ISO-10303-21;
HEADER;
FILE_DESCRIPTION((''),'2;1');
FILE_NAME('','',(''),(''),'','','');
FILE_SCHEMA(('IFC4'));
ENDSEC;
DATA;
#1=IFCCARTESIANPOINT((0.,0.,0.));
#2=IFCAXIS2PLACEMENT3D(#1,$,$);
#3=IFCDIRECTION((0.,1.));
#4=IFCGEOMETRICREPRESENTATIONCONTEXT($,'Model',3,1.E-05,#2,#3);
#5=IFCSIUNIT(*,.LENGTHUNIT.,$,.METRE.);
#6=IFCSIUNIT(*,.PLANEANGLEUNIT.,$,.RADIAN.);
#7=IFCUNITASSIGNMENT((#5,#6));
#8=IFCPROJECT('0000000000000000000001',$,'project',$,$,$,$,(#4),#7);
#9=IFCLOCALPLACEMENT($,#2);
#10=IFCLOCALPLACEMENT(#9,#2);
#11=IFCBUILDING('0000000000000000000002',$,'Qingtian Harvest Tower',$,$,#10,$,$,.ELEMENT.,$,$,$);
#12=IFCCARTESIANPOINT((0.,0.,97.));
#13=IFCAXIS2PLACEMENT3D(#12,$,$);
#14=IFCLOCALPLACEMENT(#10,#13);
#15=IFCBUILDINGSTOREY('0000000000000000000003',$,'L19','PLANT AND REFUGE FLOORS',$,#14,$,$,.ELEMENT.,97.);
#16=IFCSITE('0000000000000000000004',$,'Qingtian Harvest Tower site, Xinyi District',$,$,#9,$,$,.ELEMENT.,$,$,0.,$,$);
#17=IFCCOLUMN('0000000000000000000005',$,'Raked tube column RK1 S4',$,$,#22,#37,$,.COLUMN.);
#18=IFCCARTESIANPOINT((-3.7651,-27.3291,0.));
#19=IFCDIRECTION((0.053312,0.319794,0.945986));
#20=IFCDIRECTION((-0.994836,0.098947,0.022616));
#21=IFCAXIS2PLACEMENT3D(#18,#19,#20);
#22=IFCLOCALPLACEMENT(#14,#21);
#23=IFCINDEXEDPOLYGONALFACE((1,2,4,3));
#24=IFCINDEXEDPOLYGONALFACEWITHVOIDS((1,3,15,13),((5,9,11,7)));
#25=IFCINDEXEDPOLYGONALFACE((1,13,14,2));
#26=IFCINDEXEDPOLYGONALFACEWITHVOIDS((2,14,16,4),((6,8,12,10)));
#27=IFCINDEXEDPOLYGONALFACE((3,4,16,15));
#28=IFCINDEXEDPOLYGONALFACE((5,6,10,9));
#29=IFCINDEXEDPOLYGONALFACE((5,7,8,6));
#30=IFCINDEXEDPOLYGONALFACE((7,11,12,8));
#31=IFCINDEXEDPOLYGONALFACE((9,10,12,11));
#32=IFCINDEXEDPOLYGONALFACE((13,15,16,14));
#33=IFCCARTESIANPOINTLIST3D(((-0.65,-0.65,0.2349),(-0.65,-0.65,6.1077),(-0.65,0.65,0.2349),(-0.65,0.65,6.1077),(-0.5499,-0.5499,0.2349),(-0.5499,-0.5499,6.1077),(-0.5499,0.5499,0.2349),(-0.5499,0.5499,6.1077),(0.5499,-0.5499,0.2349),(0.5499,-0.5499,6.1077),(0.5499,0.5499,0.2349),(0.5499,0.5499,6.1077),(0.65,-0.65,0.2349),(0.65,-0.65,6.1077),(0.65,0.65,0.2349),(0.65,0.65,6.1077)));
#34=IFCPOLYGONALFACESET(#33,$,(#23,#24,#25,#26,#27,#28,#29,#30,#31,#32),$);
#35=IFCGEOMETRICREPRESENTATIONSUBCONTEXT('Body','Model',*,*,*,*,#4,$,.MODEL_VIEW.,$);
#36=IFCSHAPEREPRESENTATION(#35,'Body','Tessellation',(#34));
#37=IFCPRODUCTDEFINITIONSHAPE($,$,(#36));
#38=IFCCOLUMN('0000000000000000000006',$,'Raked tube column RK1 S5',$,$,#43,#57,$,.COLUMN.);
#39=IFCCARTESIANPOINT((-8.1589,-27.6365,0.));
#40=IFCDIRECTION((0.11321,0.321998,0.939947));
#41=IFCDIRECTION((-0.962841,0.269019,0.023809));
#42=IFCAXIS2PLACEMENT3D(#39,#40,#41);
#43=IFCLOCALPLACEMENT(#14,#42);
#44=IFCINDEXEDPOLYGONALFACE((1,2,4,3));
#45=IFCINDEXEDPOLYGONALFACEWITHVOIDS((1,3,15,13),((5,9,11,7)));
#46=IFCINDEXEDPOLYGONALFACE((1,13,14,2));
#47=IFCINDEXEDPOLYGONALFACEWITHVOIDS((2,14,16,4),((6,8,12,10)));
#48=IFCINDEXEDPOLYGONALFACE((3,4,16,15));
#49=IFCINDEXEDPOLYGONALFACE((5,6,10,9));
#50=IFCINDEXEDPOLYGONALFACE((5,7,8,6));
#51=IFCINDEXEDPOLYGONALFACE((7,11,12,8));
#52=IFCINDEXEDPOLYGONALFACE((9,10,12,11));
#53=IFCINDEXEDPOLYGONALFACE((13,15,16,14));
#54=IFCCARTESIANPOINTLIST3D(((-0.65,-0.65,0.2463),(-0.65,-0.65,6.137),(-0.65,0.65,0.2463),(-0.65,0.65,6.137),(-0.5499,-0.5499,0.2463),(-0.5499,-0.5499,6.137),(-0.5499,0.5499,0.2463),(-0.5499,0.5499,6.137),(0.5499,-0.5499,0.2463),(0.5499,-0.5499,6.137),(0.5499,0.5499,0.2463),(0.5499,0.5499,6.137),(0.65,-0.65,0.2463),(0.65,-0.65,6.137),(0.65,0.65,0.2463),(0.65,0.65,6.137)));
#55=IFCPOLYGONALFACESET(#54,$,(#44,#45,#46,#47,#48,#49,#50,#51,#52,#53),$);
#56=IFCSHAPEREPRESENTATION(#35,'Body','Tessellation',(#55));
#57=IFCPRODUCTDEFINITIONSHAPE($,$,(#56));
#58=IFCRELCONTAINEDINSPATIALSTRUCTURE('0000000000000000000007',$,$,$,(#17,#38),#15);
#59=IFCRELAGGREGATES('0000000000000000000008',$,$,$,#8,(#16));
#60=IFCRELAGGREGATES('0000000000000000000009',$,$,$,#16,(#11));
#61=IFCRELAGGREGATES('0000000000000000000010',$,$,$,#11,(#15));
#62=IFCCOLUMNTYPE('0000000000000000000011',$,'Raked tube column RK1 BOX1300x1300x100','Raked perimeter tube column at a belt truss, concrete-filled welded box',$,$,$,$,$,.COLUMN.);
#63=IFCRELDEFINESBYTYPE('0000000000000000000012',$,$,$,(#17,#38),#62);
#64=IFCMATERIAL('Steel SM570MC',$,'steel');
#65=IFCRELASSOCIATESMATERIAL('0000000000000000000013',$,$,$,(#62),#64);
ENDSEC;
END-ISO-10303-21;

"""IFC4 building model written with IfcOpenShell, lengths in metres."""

from ifc_helpers import new_model, si_unit, direction, frame, origin, origin_2d, place, context, subcontext, project, spatial, hollow_rectangle, extrude, clip, halfspace, material, material_profile, profile_set, type_object, element, save


model = new_model("IFC4")

# Units and contexts
model_context = context("Model", 3, precision=1e-05, world=origin(), true_north=direction((0.0, 1.0)))
body_context = subcontext(model_context, "Body", "Model", "MODEL_VIEW")
ifc_project = project(units=[si_unit("LENGTHUNIT", "METRE"), si_unit("PLANEANGLEUNIT", "RADIAN")], contexts=[model_context])

# Site, building, storey
site_placement = place(None, origin())
site = spatial("IfcSite", under=ifc_project, at=site_placement, Name="Qingtian Harvest Tower site, Xinyi District", CompositionType="ELEMENT", RefElevation=0.0)
building_placement = place(site_placement, origin())
building = spatial("IfcBuilding", under=site, at=building_placement, Name="Qingtian Harvest Tower", CompositionType="ELEMENT")
storey_placement = place(building_placement, frame((0.0, 0.0, 97.0)))
storey = spatial("IfcBuildingStorey", under=building, at=storey_placement, Name="L19", Description="PLANT AND REFUGE FLOORS", CompositionType="ELEMENT", Elevation=97.0)

# Columns
ifc_material_1 = material(Name="Steel SM570MC", Category="steel")
ifc_material_profile_1 = material_profile(ifc_material_1, hollow_rectangle(XDim=1.3, YDim=1.3, WallThickness=0.1001, at=origin_2d()), Name="BOX1300x1300x100")
ifc_profile_set_1 = profile_set([ifc_material_profile_1], Name="Steel SM570MC")
column_type = type_object("IfcColumnType", Name="Raked tube column RK1 BOX1300x1300x100", Description="Raked perimeter tube column at a belt truss, concrete-filled welded box", PredefinedType="COLUMN", material=ifc_profile_set_1)
column_1_placement = place(storey_placement, frame((-3.7651, -27.3291, 0.0), z_axis=(0.053312, 0.319794, 0.945986), x_axis=(-0.994836, 0.098947, 0.022616)))
element("IfcColumn", 1, at=column_1_placement, inside=storey, type_object=column_type, Name="Raked tube column RK1 S4", PredefinedType="COLUMN", context=body_context, shape_type="Clipping", body=[
    clip(clip(extrude(hollow_rectangle(XDim=1.3, YDim=1.3, WallThickness=0.1001, at=origin_2d()), origin(), (0.0, 0.0, 1.0), 6.3425), halfspace(frame((0.0, 0.0, 0.2349), z_axis=(0.0, 0.0, -1.0), x_axis=(0.0, -1.0, 0.0)), False)), halfspace(frame((0.0, 0.0, 6.1077), z_axis=(0.0, 0.0, 1.0), x_axis=(0.0, 1.0, 0.0)), False)),
])
column_2_placement = place(storey_placement, frame((-8.1589, -27.6365, 0.0), z_axis=(0.11321, 0.321998, 0.939947), x_axis=(-0.962841, 0.269019, 0.023809)))
element("IfcColumn", 2, at=column_2_placement, inside=storey, type_object=column_type, Name="Raked tube column RK1 S5", PredefinedType="COLUMN", context=body_context, shape_type="Clipping", body=[
    clip(clip(extrude(hollow_rectangle(XDim=1.3, YDim=1.3, WallThickness=0.1001, at=origin_2d()), origin(), (0.0, 0.0, 1.0), 6.3833), halfspace(frame((0.0, 0.0, 0.2463), z_axis=(0.0, 0.0, -1.0), x_axis=(0.0, -1.0, 0.0)), False)), halfspace(frame((0.0, 0.0, 6.137), z_axis=(0.0, 0.0, 1.0), x_axis=(0.0, 1.0, 0.0)), False)),
])

save(model, "model.ifc")
